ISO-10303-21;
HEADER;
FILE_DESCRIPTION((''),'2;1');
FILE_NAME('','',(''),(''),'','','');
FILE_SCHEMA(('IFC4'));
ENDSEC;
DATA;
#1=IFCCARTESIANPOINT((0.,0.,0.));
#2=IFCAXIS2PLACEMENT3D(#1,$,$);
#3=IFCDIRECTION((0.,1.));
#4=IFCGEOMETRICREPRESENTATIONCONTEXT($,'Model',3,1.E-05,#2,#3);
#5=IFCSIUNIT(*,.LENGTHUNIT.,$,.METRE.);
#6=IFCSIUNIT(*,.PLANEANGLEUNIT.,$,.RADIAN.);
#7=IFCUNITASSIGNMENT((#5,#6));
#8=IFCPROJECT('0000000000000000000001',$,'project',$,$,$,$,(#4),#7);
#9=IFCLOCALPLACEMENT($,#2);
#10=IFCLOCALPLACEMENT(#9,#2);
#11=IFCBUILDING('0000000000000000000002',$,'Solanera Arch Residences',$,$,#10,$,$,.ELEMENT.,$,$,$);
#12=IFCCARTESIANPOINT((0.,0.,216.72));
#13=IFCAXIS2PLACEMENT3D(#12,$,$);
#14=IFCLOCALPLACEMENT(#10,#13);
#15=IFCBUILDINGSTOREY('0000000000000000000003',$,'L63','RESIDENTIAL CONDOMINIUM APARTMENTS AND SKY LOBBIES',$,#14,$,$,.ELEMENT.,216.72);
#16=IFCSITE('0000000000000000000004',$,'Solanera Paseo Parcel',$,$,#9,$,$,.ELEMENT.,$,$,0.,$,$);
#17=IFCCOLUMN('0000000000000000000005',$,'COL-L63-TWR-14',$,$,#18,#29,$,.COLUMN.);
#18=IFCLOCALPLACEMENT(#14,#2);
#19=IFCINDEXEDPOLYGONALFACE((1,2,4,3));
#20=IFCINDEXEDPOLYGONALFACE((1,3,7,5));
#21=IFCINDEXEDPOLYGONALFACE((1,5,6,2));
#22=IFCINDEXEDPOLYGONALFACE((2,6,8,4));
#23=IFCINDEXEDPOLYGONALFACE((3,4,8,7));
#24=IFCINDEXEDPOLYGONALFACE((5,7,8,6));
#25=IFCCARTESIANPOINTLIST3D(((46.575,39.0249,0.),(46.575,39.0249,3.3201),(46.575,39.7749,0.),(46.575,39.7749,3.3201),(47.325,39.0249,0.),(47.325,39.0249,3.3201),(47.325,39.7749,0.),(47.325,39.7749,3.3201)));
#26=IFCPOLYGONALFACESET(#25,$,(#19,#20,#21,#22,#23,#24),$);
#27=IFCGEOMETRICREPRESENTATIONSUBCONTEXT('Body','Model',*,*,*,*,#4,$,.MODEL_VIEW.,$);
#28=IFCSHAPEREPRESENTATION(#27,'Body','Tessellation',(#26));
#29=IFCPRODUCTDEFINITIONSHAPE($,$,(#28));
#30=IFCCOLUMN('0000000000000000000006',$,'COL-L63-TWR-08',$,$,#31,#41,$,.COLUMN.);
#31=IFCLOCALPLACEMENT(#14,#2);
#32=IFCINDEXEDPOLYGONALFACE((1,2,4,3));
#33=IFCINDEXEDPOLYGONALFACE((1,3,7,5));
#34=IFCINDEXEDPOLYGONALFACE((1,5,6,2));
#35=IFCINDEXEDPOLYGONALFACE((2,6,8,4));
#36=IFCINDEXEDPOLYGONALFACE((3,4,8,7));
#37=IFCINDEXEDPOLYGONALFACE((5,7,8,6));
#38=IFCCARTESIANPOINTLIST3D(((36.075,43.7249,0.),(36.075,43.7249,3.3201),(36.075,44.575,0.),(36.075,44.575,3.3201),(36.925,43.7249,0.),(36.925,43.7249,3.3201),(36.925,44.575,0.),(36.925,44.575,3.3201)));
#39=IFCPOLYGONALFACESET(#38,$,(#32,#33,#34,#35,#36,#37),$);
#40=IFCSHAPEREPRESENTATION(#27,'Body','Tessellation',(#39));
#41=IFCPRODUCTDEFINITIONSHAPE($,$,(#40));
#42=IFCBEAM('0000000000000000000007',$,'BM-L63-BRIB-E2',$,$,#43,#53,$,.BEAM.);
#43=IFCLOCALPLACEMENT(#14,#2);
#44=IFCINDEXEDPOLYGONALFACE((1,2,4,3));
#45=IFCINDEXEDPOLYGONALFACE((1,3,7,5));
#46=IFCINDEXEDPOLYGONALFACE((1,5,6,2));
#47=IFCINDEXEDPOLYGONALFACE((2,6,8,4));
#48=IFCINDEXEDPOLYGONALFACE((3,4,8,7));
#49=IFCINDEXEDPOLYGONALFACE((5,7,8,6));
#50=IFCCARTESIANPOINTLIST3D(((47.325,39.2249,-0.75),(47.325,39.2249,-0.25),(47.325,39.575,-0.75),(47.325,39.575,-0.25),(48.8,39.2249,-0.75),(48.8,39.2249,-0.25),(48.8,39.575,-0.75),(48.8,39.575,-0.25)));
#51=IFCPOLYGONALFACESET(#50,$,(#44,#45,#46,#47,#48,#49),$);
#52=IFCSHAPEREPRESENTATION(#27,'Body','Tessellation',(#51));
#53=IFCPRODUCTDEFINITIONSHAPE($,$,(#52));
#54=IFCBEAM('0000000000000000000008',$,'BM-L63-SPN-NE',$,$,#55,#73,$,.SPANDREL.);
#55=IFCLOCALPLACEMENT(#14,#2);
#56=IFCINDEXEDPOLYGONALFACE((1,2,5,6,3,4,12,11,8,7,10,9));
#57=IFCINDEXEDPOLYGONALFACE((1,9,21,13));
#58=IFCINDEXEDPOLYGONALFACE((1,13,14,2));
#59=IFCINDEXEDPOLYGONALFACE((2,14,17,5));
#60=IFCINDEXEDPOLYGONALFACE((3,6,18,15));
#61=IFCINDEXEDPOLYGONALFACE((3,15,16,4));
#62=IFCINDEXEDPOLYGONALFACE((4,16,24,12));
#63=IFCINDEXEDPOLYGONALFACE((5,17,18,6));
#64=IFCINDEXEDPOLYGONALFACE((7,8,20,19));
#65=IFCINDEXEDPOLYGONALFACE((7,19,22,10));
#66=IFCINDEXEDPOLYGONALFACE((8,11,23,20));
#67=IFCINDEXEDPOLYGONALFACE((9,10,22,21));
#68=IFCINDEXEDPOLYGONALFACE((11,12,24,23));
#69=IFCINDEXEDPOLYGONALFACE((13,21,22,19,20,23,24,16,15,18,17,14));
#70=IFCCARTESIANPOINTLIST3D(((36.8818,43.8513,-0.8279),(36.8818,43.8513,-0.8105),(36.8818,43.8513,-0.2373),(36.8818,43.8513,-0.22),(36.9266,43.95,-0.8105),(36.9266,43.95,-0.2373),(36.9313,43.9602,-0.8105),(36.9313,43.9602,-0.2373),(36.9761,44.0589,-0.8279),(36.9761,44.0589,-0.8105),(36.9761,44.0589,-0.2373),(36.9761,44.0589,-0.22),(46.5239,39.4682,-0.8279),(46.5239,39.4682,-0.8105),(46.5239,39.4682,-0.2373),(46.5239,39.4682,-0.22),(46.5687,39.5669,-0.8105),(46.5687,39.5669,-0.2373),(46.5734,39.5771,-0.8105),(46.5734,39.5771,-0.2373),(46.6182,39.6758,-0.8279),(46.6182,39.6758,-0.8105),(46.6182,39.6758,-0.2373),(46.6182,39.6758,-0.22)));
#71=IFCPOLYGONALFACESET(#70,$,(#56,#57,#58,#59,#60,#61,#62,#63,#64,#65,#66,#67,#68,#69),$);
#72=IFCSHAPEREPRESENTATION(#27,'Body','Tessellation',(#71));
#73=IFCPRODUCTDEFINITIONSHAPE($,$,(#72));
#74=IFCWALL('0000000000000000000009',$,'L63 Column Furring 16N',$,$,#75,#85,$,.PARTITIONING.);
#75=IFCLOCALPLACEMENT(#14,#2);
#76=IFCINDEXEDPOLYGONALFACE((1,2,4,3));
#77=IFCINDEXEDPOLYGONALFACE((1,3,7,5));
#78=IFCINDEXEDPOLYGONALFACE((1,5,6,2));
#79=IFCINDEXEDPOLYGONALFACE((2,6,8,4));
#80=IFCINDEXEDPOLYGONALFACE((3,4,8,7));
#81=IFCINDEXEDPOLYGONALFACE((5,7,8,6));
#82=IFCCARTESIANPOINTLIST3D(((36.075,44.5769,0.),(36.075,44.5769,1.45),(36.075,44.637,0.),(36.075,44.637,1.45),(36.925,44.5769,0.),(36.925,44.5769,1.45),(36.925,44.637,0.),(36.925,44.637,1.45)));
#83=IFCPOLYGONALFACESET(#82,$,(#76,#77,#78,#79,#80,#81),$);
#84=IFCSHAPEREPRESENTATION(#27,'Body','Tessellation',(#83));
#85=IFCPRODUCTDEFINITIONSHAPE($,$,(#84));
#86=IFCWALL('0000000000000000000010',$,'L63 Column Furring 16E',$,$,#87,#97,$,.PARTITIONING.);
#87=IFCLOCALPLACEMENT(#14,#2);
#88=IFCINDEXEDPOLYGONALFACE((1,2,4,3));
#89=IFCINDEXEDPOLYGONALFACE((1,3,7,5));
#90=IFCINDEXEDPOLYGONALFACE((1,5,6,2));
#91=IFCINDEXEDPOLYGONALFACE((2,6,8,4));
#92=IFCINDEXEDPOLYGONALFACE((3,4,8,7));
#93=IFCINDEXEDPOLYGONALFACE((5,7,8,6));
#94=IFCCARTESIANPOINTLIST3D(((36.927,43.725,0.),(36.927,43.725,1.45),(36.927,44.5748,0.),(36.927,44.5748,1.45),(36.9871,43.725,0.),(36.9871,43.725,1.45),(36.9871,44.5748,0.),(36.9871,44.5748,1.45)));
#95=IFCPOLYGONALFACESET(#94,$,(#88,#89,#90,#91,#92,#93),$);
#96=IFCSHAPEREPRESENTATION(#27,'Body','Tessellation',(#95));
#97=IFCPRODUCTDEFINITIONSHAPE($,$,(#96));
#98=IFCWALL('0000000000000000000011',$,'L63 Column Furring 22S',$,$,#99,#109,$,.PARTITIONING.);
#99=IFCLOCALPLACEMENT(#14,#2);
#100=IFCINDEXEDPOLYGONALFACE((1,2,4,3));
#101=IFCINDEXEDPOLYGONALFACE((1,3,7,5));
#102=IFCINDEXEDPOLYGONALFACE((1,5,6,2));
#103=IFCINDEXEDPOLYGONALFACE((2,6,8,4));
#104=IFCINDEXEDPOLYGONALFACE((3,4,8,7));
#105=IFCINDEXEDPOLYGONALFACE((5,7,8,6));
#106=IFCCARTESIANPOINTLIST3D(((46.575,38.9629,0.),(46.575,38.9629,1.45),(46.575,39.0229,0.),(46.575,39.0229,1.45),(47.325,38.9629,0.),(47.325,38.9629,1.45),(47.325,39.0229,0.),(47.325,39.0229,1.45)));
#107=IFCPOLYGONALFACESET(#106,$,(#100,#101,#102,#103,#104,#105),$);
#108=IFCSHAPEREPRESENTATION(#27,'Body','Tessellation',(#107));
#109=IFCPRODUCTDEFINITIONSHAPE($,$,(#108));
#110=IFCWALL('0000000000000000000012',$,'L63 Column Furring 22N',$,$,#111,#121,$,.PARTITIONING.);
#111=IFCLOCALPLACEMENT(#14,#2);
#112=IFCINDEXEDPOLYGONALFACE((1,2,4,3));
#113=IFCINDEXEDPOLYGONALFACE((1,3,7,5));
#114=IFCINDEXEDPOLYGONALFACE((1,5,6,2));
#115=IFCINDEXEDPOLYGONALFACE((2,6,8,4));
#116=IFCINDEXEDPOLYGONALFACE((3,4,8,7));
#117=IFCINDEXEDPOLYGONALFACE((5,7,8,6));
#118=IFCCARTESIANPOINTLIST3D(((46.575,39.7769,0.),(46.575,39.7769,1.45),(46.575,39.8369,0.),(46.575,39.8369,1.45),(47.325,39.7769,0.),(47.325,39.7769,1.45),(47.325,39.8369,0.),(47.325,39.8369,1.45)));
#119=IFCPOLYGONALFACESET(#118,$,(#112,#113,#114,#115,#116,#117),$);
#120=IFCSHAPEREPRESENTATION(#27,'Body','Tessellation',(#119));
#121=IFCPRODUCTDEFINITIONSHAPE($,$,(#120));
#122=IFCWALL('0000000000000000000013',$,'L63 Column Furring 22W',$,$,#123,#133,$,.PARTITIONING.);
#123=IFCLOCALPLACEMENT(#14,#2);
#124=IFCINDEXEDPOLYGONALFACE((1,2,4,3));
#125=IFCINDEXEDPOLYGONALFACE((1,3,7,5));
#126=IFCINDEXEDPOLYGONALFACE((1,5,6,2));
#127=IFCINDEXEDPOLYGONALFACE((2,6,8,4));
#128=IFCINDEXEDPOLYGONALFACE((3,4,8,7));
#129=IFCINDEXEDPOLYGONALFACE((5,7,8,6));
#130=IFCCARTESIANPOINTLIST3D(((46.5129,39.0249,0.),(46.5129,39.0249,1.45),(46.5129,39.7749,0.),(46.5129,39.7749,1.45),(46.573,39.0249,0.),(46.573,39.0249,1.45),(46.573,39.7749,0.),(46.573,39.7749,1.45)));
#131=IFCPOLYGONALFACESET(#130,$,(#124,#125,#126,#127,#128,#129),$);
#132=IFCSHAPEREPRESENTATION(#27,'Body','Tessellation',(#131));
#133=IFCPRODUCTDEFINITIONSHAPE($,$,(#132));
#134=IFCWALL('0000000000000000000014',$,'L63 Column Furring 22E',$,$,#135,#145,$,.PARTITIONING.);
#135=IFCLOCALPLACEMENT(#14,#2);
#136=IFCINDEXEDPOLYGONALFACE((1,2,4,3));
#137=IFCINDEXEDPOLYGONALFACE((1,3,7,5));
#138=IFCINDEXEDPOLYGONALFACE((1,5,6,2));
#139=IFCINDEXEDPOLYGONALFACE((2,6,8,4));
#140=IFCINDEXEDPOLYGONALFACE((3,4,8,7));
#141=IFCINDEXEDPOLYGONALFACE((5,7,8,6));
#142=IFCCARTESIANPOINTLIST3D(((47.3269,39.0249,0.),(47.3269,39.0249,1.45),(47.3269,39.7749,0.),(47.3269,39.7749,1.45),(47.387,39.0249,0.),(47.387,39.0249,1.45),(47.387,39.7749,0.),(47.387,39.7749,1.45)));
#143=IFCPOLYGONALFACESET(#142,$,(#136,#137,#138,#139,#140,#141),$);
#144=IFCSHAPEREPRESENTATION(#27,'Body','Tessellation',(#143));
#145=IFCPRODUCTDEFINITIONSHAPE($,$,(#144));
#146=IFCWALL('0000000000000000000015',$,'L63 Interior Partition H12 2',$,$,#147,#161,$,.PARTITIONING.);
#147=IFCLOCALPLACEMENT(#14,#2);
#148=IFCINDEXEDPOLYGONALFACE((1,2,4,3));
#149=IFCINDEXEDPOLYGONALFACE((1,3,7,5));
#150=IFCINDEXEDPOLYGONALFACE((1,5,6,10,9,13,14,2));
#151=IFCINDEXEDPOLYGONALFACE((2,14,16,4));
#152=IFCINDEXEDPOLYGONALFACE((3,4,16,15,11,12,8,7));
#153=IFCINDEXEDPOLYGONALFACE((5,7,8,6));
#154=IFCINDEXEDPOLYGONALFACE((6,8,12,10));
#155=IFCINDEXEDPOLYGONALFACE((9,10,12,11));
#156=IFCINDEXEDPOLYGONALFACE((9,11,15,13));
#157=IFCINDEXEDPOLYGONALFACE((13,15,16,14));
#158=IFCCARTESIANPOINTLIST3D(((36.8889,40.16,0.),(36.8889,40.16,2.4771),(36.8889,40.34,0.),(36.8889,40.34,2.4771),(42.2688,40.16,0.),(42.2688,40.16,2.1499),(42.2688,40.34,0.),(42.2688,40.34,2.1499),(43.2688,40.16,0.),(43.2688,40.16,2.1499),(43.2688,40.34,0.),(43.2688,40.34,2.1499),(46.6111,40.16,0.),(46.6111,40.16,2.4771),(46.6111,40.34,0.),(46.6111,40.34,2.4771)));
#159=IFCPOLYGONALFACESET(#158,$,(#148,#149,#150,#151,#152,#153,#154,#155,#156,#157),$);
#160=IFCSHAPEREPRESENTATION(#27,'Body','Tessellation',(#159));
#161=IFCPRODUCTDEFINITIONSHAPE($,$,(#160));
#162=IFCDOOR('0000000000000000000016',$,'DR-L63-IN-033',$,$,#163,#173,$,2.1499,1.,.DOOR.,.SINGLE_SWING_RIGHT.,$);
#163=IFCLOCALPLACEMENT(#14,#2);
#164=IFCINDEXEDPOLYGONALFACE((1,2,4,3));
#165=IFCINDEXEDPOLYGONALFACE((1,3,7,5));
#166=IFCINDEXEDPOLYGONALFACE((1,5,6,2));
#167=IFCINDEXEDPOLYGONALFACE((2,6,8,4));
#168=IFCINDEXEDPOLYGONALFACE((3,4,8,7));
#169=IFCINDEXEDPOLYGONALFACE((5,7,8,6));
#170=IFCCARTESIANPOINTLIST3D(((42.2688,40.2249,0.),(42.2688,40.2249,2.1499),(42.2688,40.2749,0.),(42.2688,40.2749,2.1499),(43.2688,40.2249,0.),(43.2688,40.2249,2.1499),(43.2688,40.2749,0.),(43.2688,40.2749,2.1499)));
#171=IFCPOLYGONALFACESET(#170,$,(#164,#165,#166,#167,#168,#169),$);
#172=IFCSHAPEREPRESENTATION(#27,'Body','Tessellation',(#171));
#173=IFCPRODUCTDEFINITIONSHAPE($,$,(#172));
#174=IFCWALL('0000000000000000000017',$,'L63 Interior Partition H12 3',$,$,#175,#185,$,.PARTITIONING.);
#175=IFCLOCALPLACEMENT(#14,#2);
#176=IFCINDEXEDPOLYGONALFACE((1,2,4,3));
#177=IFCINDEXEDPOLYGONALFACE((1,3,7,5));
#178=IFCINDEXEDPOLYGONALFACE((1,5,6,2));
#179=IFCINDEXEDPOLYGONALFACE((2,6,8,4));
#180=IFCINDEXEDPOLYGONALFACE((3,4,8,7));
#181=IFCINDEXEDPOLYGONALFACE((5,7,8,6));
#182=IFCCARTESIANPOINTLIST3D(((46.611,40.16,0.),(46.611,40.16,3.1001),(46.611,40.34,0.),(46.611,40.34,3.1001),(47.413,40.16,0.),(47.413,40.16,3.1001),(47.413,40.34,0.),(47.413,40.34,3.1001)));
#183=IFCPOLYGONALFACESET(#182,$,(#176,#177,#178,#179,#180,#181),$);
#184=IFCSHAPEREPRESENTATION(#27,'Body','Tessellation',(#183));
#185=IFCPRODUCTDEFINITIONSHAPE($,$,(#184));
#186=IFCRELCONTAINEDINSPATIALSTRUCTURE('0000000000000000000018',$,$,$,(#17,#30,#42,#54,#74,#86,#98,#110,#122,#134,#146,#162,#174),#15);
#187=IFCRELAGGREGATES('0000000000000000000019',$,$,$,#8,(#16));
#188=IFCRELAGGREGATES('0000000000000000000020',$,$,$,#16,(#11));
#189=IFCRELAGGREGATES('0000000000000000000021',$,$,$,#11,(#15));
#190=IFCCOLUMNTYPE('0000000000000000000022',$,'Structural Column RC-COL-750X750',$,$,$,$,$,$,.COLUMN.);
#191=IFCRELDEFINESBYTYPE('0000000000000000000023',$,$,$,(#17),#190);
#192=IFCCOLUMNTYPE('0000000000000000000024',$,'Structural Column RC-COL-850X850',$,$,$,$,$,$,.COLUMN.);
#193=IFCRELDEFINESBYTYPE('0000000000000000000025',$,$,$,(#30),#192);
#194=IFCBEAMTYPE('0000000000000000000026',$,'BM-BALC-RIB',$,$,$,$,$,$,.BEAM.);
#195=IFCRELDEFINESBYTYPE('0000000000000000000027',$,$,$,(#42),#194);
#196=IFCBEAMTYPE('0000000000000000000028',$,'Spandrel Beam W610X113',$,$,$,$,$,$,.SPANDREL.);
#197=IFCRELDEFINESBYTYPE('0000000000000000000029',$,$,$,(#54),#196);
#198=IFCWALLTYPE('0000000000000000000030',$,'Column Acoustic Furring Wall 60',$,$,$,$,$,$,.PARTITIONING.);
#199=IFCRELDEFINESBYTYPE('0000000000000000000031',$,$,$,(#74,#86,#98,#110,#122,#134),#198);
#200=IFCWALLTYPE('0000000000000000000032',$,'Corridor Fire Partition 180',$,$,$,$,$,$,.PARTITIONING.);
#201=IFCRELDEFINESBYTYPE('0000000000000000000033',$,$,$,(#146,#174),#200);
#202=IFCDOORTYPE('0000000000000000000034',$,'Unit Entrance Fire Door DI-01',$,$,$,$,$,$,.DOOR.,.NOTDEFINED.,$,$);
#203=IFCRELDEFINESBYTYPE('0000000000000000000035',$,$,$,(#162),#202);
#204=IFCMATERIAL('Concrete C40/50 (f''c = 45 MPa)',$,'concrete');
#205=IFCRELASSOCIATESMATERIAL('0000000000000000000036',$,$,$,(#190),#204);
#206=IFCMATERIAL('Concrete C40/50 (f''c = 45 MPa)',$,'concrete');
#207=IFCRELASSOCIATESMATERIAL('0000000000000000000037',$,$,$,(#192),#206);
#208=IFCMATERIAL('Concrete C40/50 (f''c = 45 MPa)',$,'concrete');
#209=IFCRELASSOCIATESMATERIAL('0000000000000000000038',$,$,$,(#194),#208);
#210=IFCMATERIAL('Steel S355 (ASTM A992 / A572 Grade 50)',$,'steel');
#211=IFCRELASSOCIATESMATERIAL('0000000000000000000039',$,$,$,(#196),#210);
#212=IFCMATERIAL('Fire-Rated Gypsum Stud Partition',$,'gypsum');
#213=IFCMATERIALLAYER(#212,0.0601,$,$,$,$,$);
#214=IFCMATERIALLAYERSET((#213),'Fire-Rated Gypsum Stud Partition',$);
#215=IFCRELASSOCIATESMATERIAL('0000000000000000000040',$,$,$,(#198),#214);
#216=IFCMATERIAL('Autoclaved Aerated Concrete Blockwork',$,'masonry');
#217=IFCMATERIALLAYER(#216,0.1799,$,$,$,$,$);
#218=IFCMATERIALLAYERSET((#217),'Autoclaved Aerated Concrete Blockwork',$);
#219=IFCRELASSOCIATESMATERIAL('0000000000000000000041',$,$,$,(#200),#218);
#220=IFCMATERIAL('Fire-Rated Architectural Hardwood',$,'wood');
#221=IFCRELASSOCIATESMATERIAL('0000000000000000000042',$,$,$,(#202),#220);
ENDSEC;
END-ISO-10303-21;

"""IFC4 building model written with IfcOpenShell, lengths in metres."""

from ifc_helpers import new_model, si_unit, direction, frame, frame_2d, origin, origin_2d, place, context, subcontext, project, spatial, rectangle, i_section, extrude, material, layer, layer_set, material_profile, profile_set, type_object, element, fill, save


model = new_model("IFC4")

# Units and contexts
model_context = context("Model", 3, precision=1e-05, world=origin(), true_north=direction((0.0, 1.0)))
body_context = subcontext(model_context, "Body", "Model", "MODEL_VIEW")
ifc_project = project(units=[si_unit("LENGTHUNIT", "METRE"), si_unit("PLANEANGLEUNIT", "RADIAN")], contexts=[model_context])

# Site, building, storey
site_placement = place(None, origin())
site = spatial("IfcSite", under=ifc_project, at=site_placement, Name="Solanera Paseo Parcel", CompositionType="ELEMENT", RefElevation=0.0)
building_placement = place(site_placement, origin())
building = spatial("IfcBuilding", under=site, at=building_placement, Name="Solanera Arch Residences", CompositionType="ELEMENT")
storey_placement = place(building_placement, frame((0.0, 0.0, 216.72)))
storey = spatial("IfcBuildingStorey", under=building, at=storey_placement, Name="L63", Description="RESIDENTIAL CONDOMINIUM APARTMENTS AND SKY LOBBIES", CompositionType="ELEMENT", Elevation=216.72)

# Columns
ifc_material_1 = material(Name="Concrete C40/50 (f'c = 45 MPa)", Category="concrete")
ifc_material_profile_1 = material_profile(ifc_material_1, rectangle(XDim=0.75, YDim=0.75, at=origin_2d()))
ifc_profile_set_1 = profile_set([ifc_material_profile_1], Name="Concrete C40/50 (f'c = 45 MPa)")
column_type_1 = type_object("IfcColumnType", Name="Structural Column RC-COL-750X750", PredefinedType="COLUMN", material=ifc_profile_set_1)
column_1_placement = place(storey_placement, frame((46.95, 39.3999, 0.0), z_axis=(0.0, 0.0, 1.0), x_axis=(1.0, 0.0, 0.0)))
element("IfcColumn", 1, at=column_1_placement, inside=storey, type_object=column_type_1, Name="COL-L63-TWR-14", PredefinedType="COLUMN", context=body_context, shape_type="SweptSolid", body=[
    extrude(rectangle(XDim=0.75, YDim=0.75, at=origin_2d()), origin(), (0.0, 0.0, 1.0), 3.3201),
])
ifc_material_2 = material(Name="Concrete C40/50 (f'c = 45 MPa)", Category="concrete")
ifc_material_profile_2 = material_profile(ifc_material_2, rectangle(XDim=0.8501, YDim=0.8501, at=origin_2d()))
ifc_profile_set_2 = profile_set([ifc_material_profile_2], Name="Concrete C40/50 (f'c = 45 MPa)")
column_type_2 = type_object("IfcColumnType", Name="Structural Column RC-COL-850X850", PredefinedType="COLUMN", material=ifc_profile_set_2)
column_2_placement = place(storey_placement, frame((36.5, 44.1499, 0.0), z_axis=(0.0, 0.0, 1.0), x_axis=(1.0, 0.0, 0.0)))
element("IfcColumn", 2, at=column_2_placement, inside=storey, type_object=column_type_2, Name="COL-L63-TWR-08", PredefinedType="COLUMN", context=body_context, shape_type="SweptSolid", body=[
    extrude(rectangle(XDim=0.8501, YDim=0.8501, at=origin_2d()), origin(), (0.0, 0.0, 1.0), 3.3201),
])

# Beams
ifc_material_3 = material(Name="Concrete C40/50 (f'c = 45 MPa)", Category="concrete")
ifc_material_profile_3 = material_profile(ifc_material_3, rectangle(XDim=0.3501, YDim=0.5, at=origin_2d()))
ifc_profile_set_3 = profile_set([ifc_material_profile_3], Name="Concrete C40/50 (f'c = 45 MPa)")
beam_type_1 = type_object("IfcBeamType", Name="BM-BALC-RIB", PredefinedType="BEAM", material=ifc_profile_set_3)
beam_1_placement = place(storey_placement, frame((47.325, 39.3999, -0.5), z_axis=(1.0, 0.0, 0.0), x_axis=(0.0, 1.0, 0.0)))
element("IfcBeam", 3, at=beam_1_placement, inside=storey, type_object=beam_type_1, Name="BM-L63-BRIB-E2", PredefinedType="BEAM", context=body_context, shape_type="SweptSolid", body=[
    extrude(rectangle(XDim=0.3501, YDim=0.5, at=origin_2d()), origin(), (0.0, 0.0, 1.0), 1.4751),
])
ifc_material_4 = material(Name="Steel S355 (ASTM A992 / A572 Grade 50)", Category="steel")
ifc_material_profile_4 = material_profile(ifc_material_4, i_section(OverallWidth=0.228, OverallDepth=0.6079, WebThickness=0.0112, FlangeThickness=0.0173, at=origin_2d()))
ifc_profile_set_4 = profile_set([ifc_material_profile_4], Name="Steel S355 (ASTM A992 / A572 Grade 50)")
beam_type_2 = type_object("IfcBeamType", Name="Spandrel Beam W610X113", PredefinedType="SPANDREL", material=ifc_profile_set_4)
beam_2_placement = place(storey_placement, frame((36.929, 43.9551, -0.5239), z_axis=(0.910356, -0.413826, 0.0), x_axis=(0.413826, 0.910356, 0.0)))
element("IfcBeam", 4, at=beam_2_placement, inside=storey, type_object=beam_type_2, Name="BM-L63-SPN-NE", PredefinedType="SPANDREL", context=body_context, shape_type="SweptSolid", body=[
    extrude(i_section(OverallWidth=0.228, OverallDepth=0.6079, WebThickness=0.0112, FlangeThickness=0.0173, at=origin_2d()), origin(), (0.0, 0.0, 1.0), 10.5916),
])

# Walls
ifc_material_5 = material(Name="Fire-Rated Gypsum Stud Partition", Category="gypsum")
ifc_layer_1 = layer(ifc_material_5, 0.0601)
ifc_layer_set_1 = layer_set([ifc_layer_1], Name="Fire-Rated Gypsum Stud Partition")
wall_type_1 = type_object("IfcWallType", Name="Column Acoustic Furring Wall 60", PredefinedType="PARTITIONING", material=ifc_layer_set_1)
wall_1_placement = place(storey_placement, frame((36.075, 44.6069, 0.0), z_axis=(0.0, 0.0, 1.0), x_axis=(1.0, 0.0, 0.0)))
element("IfcWall", 5, at=wall_1_placement, inside=storey, type_object=wall_type_1, Name="L63 Column Furring 16N", PredefinedType="PARTITIONING", context=body_context, shape_type="SweptSolid", body=[
    extrude(rectangle(XDim=0.8501, YDim=0.0601, at=frame_2d((0.425, 0.0))), origin(), (0.0, 0.0, 1.0), 1.45),
])
wall_2_placement = place(storey_placement, frame((36.957, 43.7251, 0.0), z_axis=(0.0, 0.0, 1.0), x_axis=(0.0, 1.0, 0.0)))
element("IfcWall", 6, at=wall_2_placement, inside=storey, type_object=wall_type_1, Name="L63 Column Furring 16E", PredefinedType="PARTITIONING", context=body_context, shape_type="SweptSolid", body=[
    extrude(rectangle(XDim=0.8499, YDim=0.0601, at=frame_2d((0.4248, 0.0))), origin(), (0.0, 0.0, 1.0), 1.45),
])
for number, where, z_axis, x_axis, name in (
    (7, (46.575, 38.9929, 0.0), (0.0, 0.0, 1.0), (1.0, 0.0, 0.0), "L63 Column Furring 22S"),
    (8, (46.575, 39.8069, 0.0), (0.0, 0.0, 1.0), (1.0, 0.0, 0.0), "L63 Column Furring 22N"),
    (9, (46.543, 39.0249, 0.0), (0.0, 0.0, 1.0), (0.0, 1.0, 0.0), "L63 Column Furring 22W"),
    (10, (47.3569, 39.0249, 0.0), (0.0, 0.0, 1.0), (0.0, 1.0, 0.0), "L63 Column Furring 22E"),
):
    element("IfcWall", number, at=place(storey_placement, frame(where, z_axis=z_axis, x_axis=x_axis)), inside=storey, type_object=wall_type_1, Name=name, PredefinedType="PARTITIONING", context=body_context, shape_type="SweptSolid", body=[
        extrude(rectangle(XDim=0.75, YDim=0.0601, at=frame_2d((0.375, 0.0))), origin(), (0.0, 0.0, 1.0), 1.45),
    ])

# Wall, opening, door
ifc_material_6 = material(Name="Autoclaved Aerated Concrete Blockwork", Category="masonry")
ifc_layer_2 = layer(ifc_material_6, 0.1799)
ifc_layer_set_2 = layer_set([ifc_layer_2], Name="Autoclaved Aerated Concrete Blockwork")
wall_type_2 = type_object("IfcWallType", Name="Corridor Fire Partition 180", PredefinedType="PARTITIONING", material=ifc_layer_set_2)
wall_3_placement = place(storey_placement, frame((36.8889, 40.25, 0.0), z_axis=(0.0, 0.0, 1.0), x_axis=(1.0, 0.0, 0.0)))
wall_3 = element("IfcWall", 11, at=wall_3_placement, inside=storey, type_object=wall_type_2, Name="L63 Interior Partition H12 2", PredefinedType="PARTITIONING", context=body_context, shape_type="SweptSolid", body=[
    extrude(rectangle(XDim=9.7222, YDim=0.1799, at=frame_2d((4.8611, 0.0))), origin(), (0.0, 0.0, 1.0), 2.4771),
])
opening_1_placement = place(wall_3_placement, frame((5.3799, 0.0, 0.0)))
opening_1 = element("IfcOpeningElement", 12, at=opening_1_placement, cuts=wall_3, PredefinedType="OPENING", context=body_context, shape_type="SweptSolid", body=[
    extrude(rectangle(XDim=1.0, YDim=2.1499, at=frame_2d((0.5, 1.075))), frame((0.0, 0.1001, 0.0), z_axis=(0.0, -1.0, 0.0), x_axis=(1.0, 0.0, 0.0)), (0.0, 0.0, 1.0), 0.1999),
])
ifc_material_7 = material(Name="Fire-Rated Architectural Hardwood", Category="wood")
door_type_1 = type_object("IfcDoorType", Name="Unit Entrance Fire Door DI-01", OperationType="NOTDEFINED", PredefinedType="DOOR", material=ifc_material_7)
door_1_placement = place(opening_1_placement, origin())
door_1 = element("IfcDoor", 13, at=door_1_placement, inside=storey, type_object=door_type_1, Name="DR-L63-IN-033", OperationType="SINGLE_SWING_RIGHT", OverallHeight=2.1499, OverallWidth=1.0, PredefinedType="DOOR", context=body_context, shape_type="SweptSolid", body=[
    extrude(rectangle(XDim=1.0, YDim=2.1499, at=frame_2d((0.5, 1.075))), frame((0.0, 0.0249, 0.0), z_axis=(0.0, -1.0, 0.0), x_axis=(1.0, 0.0, 0.0)), (0.0, 0.0, 1.0), 0.05),
])
fill(opening_1, door_1)

# Wall
wall_4_placement = place(storey_placement, frame((46.6111, 40.25, 0.0), z_axis=(0.0, 0.0, 1.0), x_axis=(1.0, 0.0, 0.0)))
element("IfcWall", 14, at=wall_4_placement, inside=storey, type_object=wall_type_2, Name="L63 Interior Partition H12 3", PredefinedType="PARTITIONING", context=body_context, shape_type="SweptSolid", body=[
    extrude(rectangle(XDim=0.802, YDim=0.1799, at=frame_2d((0.4009, 0.0))), origin(), (0.0, 0.0, 1.0), 3.1001),
])

save(model, "model.ifc")
